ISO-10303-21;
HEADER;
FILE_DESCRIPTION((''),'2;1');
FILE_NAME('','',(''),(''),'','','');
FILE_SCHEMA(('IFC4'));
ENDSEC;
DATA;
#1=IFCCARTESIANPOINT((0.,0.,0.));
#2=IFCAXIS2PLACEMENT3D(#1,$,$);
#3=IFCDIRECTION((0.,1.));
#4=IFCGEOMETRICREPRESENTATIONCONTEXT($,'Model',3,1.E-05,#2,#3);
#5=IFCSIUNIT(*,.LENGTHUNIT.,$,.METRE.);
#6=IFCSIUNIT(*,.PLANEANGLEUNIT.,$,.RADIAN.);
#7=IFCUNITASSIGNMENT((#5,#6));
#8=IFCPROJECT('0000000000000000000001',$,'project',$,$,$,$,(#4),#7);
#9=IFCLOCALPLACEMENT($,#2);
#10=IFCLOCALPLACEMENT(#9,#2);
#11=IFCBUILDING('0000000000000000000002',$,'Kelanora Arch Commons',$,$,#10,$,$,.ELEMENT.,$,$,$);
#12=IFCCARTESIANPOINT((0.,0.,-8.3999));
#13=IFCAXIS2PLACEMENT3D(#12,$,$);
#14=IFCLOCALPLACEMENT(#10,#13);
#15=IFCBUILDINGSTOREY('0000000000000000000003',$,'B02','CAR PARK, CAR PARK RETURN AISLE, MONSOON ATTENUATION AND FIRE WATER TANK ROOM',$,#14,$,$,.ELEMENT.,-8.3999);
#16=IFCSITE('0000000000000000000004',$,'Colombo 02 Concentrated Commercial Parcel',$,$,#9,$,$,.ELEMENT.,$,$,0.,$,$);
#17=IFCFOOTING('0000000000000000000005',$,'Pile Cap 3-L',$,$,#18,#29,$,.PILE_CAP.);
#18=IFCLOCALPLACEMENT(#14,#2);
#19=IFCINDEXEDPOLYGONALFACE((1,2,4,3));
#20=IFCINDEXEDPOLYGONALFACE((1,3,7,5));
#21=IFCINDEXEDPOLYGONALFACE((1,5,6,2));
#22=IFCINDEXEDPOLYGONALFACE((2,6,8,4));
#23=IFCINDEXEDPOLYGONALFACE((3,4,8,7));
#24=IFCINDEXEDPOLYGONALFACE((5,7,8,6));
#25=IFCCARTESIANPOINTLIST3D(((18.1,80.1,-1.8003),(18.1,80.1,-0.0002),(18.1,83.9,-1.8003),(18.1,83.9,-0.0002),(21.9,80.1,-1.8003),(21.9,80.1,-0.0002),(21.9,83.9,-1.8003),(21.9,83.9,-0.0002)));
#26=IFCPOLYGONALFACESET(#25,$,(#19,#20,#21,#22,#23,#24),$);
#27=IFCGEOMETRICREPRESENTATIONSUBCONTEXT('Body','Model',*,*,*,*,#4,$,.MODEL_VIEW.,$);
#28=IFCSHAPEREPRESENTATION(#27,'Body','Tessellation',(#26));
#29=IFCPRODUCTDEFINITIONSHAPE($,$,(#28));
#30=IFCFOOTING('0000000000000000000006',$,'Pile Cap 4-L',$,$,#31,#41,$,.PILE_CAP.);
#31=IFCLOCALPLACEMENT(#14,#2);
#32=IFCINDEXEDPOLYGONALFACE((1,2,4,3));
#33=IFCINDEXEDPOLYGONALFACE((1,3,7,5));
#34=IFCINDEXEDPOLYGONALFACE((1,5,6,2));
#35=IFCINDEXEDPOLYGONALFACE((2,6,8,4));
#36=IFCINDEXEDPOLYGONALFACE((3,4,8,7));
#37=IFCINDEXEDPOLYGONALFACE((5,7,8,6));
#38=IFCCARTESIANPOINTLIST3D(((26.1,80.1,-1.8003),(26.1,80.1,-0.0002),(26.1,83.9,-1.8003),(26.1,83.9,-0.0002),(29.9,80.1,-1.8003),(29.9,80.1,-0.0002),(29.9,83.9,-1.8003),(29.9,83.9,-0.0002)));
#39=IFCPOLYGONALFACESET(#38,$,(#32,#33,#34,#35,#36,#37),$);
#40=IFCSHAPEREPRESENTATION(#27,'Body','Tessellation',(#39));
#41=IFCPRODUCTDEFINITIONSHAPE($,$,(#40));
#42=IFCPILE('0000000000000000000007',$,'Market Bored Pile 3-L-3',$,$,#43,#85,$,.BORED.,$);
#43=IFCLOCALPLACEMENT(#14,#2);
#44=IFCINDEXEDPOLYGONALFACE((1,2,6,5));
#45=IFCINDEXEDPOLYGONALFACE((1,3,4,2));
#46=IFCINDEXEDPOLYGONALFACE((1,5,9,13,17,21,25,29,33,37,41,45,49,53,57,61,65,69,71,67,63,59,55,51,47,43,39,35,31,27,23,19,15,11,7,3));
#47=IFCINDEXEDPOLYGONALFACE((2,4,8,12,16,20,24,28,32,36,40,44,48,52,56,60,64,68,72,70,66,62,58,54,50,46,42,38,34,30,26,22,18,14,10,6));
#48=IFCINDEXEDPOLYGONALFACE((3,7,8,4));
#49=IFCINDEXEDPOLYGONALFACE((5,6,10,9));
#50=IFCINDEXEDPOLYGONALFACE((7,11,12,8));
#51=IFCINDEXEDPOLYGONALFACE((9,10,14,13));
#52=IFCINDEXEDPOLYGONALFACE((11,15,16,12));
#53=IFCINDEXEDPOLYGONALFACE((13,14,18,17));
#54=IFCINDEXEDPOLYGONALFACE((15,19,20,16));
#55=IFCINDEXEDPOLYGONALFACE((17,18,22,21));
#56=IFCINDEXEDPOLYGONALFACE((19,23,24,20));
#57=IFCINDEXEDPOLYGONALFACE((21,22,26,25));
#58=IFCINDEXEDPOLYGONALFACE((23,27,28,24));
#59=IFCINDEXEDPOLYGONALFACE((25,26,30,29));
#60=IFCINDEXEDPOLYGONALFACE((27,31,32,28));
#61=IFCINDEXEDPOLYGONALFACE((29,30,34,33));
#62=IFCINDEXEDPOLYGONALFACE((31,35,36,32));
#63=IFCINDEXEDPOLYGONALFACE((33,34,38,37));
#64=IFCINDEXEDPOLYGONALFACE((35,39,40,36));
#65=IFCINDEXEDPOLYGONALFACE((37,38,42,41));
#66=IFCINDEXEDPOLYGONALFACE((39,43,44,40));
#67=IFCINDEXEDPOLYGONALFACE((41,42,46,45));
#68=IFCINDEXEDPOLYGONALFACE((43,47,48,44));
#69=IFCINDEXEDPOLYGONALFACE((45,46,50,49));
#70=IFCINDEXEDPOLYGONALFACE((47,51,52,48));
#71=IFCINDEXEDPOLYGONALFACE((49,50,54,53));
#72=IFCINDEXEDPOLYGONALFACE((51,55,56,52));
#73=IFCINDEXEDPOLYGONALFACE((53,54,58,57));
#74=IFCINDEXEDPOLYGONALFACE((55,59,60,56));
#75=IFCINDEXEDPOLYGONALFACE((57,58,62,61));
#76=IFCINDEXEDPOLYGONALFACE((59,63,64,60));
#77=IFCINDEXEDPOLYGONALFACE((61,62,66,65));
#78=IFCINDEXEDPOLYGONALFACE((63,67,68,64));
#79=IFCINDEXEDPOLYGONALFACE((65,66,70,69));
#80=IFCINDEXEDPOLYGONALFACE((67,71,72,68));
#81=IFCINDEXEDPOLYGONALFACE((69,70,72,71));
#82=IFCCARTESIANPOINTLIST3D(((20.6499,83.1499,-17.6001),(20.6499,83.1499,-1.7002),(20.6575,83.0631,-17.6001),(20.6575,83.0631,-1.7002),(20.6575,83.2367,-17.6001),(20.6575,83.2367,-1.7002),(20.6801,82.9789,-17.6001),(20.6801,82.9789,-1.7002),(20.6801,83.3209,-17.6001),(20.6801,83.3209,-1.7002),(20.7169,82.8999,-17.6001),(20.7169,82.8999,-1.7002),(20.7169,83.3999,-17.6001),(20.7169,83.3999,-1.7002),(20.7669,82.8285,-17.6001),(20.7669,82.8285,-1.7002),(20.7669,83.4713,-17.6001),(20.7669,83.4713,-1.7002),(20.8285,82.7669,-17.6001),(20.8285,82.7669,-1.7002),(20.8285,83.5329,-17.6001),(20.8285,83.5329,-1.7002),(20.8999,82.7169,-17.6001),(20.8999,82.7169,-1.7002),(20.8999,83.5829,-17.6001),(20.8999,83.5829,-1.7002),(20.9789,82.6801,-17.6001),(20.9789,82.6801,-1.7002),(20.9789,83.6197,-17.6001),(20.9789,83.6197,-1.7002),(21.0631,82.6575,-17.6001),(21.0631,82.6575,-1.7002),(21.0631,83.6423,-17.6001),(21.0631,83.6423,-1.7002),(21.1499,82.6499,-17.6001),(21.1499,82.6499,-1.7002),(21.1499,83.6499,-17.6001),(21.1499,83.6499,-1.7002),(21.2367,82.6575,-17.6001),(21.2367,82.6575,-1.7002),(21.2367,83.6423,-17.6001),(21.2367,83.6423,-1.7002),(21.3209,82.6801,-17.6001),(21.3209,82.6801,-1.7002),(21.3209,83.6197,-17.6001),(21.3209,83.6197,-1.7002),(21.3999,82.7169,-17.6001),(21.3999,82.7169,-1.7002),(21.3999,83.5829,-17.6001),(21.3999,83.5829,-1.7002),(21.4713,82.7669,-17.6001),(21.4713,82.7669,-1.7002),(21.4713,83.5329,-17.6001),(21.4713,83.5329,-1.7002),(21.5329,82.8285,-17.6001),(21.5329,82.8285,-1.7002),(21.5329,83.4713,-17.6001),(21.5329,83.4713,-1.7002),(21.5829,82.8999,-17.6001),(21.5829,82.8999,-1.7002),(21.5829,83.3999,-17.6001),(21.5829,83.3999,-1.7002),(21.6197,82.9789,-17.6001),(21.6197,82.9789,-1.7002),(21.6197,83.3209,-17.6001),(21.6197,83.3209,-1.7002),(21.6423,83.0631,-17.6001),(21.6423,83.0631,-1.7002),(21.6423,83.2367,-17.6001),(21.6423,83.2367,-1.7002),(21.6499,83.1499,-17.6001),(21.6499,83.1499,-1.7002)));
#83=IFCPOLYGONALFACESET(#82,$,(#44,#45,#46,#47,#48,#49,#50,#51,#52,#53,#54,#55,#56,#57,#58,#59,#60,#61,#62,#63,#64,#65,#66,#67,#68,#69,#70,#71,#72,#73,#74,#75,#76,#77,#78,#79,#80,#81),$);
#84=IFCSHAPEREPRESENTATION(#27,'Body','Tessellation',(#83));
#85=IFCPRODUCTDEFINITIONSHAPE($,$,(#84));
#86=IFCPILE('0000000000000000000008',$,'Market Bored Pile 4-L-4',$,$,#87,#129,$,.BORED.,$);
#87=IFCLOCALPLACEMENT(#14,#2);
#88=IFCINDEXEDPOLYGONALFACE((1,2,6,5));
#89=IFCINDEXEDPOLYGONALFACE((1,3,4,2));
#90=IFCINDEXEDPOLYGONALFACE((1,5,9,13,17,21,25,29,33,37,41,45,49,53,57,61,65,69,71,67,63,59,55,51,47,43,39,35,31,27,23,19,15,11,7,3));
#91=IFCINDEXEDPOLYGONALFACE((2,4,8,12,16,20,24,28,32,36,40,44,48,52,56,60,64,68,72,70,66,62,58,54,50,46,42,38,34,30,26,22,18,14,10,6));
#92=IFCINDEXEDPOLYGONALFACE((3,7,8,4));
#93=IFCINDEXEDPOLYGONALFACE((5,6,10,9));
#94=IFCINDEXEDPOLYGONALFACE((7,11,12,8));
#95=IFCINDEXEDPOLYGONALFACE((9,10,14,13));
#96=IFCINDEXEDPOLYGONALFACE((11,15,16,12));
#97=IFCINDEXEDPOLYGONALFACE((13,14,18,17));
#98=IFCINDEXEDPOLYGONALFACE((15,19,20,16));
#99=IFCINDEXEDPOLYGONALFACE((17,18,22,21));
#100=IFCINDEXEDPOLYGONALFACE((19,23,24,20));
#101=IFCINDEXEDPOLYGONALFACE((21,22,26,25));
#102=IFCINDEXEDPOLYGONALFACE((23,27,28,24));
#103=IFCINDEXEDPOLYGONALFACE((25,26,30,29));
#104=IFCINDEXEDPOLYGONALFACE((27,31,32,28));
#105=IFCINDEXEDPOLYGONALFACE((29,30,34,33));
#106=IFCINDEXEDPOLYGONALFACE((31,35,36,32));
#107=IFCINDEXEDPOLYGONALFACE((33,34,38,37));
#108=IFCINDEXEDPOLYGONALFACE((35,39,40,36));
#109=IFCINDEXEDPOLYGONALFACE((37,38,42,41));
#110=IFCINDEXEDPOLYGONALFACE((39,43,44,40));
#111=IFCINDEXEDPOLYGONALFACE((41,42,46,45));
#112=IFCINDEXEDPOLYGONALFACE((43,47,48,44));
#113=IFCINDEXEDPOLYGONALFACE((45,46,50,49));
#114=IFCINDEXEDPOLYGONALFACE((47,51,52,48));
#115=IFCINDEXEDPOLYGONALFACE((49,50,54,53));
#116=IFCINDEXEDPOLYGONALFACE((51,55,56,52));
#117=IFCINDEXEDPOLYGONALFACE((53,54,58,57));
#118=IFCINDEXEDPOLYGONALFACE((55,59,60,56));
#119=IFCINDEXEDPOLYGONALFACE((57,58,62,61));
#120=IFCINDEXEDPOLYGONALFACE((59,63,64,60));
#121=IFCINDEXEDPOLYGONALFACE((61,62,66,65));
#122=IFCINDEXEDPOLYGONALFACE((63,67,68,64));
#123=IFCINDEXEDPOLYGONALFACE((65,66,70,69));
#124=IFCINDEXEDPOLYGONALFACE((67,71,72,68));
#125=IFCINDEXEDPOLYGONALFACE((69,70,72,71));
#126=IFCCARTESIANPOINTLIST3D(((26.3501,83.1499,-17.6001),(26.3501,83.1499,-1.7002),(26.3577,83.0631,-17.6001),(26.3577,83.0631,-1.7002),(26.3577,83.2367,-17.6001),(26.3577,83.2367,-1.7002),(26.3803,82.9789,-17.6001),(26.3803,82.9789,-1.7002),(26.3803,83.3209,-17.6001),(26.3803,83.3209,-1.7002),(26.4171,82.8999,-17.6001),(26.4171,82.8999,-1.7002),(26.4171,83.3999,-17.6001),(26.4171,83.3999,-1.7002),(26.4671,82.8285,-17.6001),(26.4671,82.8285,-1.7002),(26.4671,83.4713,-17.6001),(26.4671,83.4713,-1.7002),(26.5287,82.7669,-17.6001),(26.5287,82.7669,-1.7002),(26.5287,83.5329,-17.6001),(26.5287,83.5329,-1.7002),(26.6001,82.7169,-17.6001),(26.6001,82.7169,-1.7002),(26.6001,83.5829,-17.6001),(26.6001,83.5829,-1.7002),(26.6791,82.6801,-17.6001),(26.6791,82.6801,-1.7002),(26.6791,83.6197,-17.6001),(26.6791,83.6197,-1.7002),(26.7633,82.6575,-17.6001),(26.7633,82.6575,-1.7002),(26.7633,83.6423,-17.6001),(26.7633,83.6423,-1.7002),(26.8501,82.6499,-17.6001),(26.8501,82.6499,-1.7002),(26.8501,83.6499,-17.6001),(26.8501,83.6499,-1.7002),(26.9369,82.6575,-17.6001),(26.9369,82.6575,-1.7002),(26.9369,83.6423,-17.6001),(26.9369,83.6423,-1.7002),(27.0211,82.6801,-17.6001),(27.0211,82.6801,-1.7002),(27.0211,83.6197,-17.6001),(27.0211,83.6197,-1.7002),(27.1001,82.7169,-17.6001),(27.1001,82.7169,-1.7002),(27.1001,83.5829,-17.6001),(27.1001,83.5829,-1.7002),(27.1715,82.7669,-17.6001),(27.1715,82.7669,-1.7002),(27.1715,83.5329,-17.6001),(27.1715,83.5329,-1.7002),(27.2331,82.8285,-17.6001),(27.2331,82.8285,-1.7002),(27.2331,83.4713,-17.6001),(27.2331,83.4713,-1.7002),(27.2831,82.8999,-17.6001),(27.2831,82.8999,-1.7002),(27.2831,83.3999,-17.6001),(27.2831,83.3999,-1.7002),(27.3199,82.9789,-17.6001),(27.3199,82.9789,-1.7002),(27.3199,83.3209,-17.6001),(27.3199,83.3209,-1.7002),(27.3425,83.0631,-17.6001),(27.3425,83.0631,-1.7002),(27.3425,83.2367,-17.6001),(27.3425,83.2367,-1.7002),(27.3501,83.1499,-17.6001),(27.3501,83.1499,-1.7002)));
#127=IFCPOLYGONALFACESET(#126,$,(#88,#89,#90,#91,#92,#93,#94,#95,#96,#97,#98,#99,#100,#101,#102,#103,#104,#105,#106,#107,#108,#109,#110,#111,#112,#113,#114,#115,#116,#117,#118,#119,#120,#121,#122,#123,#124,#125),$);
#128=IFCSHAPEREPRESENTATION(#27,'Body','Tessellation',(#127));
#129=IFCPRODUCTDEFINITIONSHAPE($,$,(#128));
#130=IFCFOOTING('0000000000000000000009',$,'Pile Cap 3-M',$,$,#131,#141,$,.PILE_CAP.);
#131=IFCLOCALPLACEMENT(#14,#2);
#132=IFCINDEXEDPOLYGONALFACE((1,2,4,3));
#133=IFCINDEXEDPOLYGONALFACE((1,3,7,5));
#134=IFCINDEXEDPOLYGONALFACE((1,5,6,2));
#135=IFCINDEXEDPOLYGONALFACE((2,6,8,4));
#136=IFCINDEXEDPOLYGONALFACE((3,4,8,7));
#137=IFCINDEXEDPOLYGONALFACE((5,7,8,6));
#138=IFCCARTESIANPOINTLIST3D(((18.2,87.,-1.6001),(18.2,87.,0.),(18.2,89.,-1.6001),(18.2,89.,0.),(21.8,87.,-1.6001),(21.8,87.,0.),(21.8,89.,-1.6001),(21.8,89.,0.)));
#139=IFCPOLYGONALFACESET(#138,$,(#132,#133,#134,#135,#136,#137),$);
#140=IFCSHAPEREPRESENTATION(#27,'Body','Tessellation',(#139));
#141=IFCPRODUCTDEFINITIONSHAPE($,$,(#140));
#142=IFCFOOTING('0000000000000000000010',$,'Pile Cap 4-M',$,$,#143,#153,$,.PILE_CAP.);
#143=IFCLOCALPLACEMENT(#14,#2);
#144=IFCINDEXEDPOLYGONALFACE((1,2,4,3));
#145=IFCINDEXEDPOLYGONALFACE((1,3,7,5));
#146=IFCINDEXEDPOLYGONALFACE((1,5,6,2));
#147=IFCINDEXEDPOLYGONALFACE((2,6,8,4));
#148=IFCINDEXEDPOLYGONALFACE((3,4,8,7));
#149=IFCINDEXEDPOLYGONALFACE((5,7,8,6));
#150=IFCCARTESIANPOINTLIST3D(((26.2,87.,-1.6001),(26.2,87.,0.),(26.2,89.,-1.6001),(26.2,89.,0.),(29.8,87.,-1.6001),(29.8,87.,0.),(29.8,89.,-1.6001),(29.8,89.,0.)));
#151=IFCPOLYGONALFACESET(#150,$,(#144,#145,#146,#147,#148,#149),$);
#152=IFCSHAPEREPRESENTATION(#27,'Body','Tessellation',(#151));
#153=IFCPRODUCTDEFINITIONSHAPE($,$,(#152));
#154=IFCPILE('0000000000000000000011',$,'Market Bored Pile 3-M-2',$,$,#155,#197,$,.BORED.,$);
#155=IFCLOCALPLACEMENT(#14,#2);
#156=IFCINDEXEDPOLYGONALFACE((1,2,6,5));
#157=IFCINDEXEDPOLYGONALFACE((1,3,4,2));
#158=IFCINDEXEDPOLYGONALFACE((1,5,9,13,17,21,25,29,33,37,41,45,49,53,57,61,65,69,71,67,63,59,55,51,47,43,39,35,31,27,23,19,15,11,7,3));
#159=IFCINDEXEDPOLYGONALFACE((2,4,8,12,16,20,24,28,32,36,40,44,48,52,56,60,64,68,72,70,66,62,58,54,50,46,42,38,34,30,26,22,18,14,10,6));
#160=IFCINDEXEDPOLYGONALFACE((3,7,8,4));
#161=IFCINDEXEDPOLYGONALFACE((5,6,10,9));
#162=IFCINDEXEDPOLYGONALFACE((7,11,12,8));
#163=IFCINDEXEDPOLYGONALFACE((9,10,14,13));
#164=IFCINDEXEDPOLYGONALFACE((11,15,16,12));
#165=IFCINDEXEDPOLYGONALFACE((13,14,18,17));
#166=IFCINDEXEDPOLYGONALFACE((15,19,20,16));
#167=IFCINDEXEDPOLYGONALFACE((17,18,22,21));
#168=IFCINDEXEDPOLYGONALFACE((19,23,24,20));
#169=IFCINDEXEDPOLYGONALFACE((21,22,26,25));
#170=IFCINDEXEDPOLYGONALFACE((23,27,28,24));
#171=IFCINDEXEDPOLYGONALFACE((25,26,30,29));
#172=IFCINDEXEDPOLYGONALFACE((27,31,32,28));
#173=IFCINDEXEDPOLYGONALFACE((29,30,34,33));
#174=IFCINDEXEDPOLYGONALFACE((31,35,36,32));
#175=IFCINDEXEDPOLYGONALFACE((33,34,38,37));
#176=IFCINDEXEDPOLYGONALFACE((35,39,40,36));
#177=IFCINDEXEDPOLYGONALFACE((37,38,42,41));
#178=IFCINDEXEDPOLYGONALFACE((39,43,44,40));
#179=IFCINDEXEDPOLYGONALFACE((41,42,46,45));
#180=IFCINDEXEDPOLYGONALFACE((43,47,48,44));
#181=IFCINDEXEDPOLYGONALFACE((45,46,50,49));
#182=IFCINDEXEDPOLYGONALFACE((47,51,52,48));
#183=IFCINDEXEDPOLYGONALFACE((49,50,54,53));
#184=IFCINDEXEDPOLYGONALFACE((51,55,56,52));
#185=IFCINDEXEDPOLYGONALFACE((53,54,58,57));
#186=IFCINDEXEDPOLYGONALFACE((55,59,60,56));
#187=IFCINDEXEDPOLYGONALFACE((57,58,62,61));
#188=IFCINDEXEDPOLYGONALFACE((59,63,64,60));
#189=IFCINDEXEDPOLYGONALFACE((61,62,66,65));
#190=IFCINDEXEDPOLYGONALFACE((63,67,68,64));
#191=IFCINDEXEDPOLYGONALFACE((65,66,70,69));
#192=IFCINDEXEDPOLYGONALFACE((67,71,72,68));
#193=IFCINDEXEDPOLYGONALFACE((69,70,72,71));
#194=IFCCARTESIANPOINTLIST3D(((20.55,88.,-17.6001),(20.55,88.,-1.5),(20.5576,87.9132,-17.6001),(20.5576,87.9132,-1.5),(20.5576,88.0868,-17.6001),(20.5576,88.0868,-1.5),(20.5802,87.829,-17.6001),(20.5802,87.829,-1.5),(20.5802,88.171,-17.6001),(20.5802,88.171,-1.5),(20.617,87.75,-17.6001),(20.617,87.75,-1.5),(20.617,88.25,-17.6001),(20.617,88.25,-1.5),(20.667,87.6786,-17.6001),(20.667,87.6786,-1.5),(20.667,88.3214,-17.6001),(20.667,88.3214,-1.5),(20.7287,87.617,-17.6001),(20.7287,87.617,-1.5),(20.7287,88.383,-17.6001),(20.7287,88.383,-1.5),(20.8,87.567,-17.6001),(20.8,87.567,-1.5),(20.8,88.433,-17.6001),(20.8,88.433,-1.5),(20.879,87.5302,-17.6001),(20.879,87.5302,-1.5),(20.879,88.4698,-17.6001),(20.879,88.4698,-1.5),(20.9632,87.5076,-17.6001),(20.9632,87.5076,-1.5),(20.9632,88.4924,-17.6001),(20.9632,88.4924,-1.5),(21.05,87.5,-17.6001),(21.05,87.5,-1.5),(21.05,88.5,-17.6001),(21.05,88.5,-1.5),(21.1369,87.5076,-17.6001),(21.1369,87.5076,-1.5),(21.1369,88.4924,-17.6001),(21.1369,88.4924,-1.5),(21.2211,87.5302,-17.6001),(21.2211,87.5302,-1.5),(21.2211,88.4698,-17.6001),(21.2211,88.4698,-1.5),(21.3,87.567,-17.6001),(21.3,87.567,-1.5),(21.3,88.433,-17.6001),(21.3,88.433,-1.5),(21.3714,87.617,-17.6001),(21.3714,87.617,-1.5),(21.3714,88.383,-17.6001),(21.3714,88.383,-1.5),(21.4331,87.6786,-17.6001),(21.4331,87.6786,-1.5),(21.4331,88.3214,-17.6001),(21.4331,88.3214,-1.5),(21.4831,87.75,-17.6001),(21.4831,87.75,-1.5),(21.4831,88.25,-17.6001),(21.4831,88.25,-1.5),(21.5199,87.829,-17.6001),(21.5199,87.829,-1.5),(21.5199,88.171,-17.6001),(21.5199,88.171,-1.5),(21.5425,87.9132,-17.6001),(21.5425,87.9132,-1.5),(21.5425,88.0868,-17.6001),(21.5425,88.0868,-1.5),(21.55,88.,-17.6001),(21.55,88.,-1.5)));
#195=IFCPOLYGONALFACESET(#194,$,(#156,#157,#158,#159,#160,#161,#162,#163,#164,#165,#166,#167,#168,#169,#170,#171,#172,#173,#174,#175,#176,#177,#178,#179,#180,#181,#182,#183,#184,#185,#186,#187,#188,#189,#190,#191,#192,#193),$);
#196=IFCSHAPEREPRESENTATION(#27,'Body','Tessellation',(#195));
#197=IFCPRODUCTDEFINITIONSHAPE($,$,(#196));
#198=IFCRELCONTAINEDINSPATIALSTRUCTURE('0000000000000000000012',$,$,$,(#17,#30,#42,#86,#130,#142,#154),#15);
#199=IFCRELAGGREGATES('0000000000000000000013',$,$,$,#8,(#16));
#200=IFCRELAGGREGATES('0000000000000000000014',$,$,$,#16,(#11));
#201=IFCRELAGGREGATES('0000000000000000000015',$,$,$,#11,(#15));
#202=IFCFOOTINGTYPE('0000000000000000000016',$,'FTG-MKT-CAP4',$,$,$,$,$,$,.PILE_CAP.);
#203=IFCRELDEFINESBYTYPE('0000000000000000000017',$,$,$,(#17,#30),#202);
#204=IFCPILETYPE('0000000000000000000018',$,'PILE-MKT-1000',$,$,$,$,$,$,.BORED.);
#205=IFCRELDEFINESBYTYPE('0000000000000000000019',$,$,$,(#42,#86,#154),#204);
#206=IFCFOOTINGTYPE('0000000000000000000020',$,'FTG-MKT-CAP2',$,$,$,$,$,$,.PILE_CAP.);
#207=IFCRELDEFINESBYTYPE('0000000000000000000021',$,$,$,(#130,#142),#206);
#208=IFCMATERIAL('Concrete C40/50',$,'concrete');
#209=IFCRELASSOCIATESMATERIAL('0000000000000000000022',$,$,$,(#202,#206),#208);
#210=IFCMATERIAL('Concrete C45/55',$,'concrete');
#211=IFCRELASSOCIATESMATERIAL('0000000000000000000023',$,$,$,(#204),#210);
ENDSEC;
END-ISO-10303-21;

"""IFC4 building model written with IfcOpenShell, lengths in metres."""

from ifc_helpers import new_model, si_unit, direction, frame, origin, origin_2d, place, context, subcontext, project, spatial, rectangle, circle, extrude, source, transform, mapped, material, material_profile, profile_set, type_object, element, save


model = new_model("IFC4")

# Units and contexts
model_context = context("Model", 3, precision=1e-05, world=origin(), true_north=direction((0.0, 1.0)))
body_context = subcontext(model_context, "Body", "Model", "MODEL_VIEW")
ifc_project = project(units=[si_unit("LENGTHUNIT", "METRE"), si_unit("PLANEANGLEUNIT", "RADIAN")], contexts=[model_context])

# Site, building, storey
site_placement = place(None, origin())
site = spatial("IfcSite", under=ifc_project, at=site_placement, Name="Colombo 02 Concentrated Commercial Parcel", CompositionType="ELEMENT", RefElevation=0.0)
building_placement = place(site_placement, origin())
building = spatial("IfcBuilding", under=site, at=building_placement, Name="Kelanora Arch Commons", CompositionType="ELEMENT")
storey_placement = place(building_placement, frame((0.0, 0.0, -8.3999)))
storey = spatial("IfcBuildingStorey", under=building, at=storey_placement, Name="B02", Description="CAR PARK, CAR PARK RETURN AISLE, MONSOON ATTENUATION AND FIRE WATER TANK ROOM", CompositionType="ELEMENT", Elevation=-8.3999)

# Footings
ifc_material_1 = material(Name="Concrete C40/50", Category="concrete")
footing_type_1 = type_object("IfcFootingType", Name="FTG-MKT-CAP4", PredefinedType="PILE_CAP", material=ifc_material_1)
shared_shape_1 = source(origin(), body_context, "Body", "SweptSolid", [
    extrude(rectangle(XDim=3.8, YDim=3.8, at=origin_2d()), origin(), (0.0, 0.0, 1.0), 1.8),
])
for number, where, z_axis, x_axis, name in (
    (1, (20.0, 82.0, -1.8003), (0.0, 0.0, 1.0), (1.0, 0.0, 0.0), "Pile Cap 3-L"),
    (2, (28.0, 82.0, -1.8003), (0.0, 0.0, 1.0), (1.0, 0.0, 0.0), "Pile Cap 4-L"),
):
    element("IfcFooting", number, at=place(storey_placement, frame(where, z_axis=z_axis, x_axis=x_axis)), inside=storey, type_object=footing_type_1, Name=name, PredefinedType="PILE_CAP", context=body_context, shape_type="MappedRepresentation", body=[
        mapped(shared_shape_1, transform((0.0, 0.0, 0.0), scale=1.0)),
    ])

# Piles
ifc_material_2 = material(Name="Concrete C45/55", Category="concrete")
ifc_material_profile_1 = material_profile(ifc_material_2, circle(Radius=0.5, at=origin_2d()), Name="PILE1000")
ifc_profile_set_1 = profile_set([ifc_material_profile_1], Name="Concrete C45/55")
pile_type = type_object("IfcPileType", Name="PILE-MKT-1000", PredefinedType="BORED", material=ifc_profile_set_1)
shared_shape_2 = source(origin(), body_context, "Body", "SweptSolid", [
    extrude(circle(Radius=0.5, at=origin_2d()), origin(), (0.0, 0.0, 1.0), 15.8999),
])
for number, where, z_axis, x_axis, name in (
    (3, (21.1499, 83.1499, -1.7002), (0.0, 0.0, -1.0), (1.0, 0.0, 0.0), "Market Bored Pile 3-L-3"),
    (4, (26.8501, 83.1499, -1.7002), (0.0, 0.0, -1.0), (1.0, 0.0, 0.0), "Market Bored Pile 4-L-4"),
):
    element("IfcPile", number, at=place(storey_placement, frame(where, z_axis=z_axis, x_axis=x_axis)), inside=storey, type_object=pile_type, Name=name, PredefinedType="BORED", context=body_context, shape_type="MappedRepresentation", body=[
        mapped(shared_shape_2, transform((0.0, 0.0, 0.0), scale=1.0)),
    ])

# Footings
footing_type_2 = type_object("IfcFootingType", Name="FTG-MKT-CAP2", PredefinedType="PILE_CAP", material=ifc_material_1)
shared_shape_3 = source(origin(), body_context, "Body", "SweptSolid", [
    extrude(rectangle(XDim=3.6001, YDim=2.0, at=origin_2d()), origin(), (0.0, 0.0, 1.0), 1.6001),
])
for number, where, z_axis, x_axis, name in (
    (5, (20.0, 88.0, -1.6001), (0.0, 0.0, 1.0), (1.0, 0.0, 0.0), "Pile Cap 3-M"),
    (6, (28.0, 88.0, -1.6001), (0.0, 0.0, 1.0), (1.0, 0.0, 0.0), "Pile Cap 4-M"),
):
    element("IfcFooting", number, at=place(storey_placement, frame(where, z_axis=z_axis, x_axis=x_axis)), inside=storey, type_object=footing_type_2, Name=name, PredefinedType="PILE_CAP", context=body_context, shape_type="MappedRepresentation", body=[
        mapped(shared_shape_3, transform((0.0, 0.0, 0.0), scale=1.0)),
    ])

# Pile
shared_shape_4 = source(origin(), body_context, "Body", "SweptSolid", [
    extrude(circle(Radius=0.5, at=origin_2d()), origin(), (0.0, 0.0, 1.0), 16.1001),
])
for number, where, z_axis, x_axis, name in (
    (7, (21.05, 88.0, -1.5), (0.0, 0.0, -1.0), (1.0, 0.0, 0.0), "Market Bored Pile 3-M-2"),
):
    element("IfcPile", number, at=place(storey_placement, frame(where, z_axis=z_axis, x_axis=x_axis)), inside=storey, type_object=pile_type, Name=name, PredefinedType="BORED", context=body_context, shape_type="MappedRepresentation", body=[
        mapped(shared_shape_4, transform((0.0, 0.0, 0.0), scale=1.0)),
    ])

save(model, "model.ifc")
